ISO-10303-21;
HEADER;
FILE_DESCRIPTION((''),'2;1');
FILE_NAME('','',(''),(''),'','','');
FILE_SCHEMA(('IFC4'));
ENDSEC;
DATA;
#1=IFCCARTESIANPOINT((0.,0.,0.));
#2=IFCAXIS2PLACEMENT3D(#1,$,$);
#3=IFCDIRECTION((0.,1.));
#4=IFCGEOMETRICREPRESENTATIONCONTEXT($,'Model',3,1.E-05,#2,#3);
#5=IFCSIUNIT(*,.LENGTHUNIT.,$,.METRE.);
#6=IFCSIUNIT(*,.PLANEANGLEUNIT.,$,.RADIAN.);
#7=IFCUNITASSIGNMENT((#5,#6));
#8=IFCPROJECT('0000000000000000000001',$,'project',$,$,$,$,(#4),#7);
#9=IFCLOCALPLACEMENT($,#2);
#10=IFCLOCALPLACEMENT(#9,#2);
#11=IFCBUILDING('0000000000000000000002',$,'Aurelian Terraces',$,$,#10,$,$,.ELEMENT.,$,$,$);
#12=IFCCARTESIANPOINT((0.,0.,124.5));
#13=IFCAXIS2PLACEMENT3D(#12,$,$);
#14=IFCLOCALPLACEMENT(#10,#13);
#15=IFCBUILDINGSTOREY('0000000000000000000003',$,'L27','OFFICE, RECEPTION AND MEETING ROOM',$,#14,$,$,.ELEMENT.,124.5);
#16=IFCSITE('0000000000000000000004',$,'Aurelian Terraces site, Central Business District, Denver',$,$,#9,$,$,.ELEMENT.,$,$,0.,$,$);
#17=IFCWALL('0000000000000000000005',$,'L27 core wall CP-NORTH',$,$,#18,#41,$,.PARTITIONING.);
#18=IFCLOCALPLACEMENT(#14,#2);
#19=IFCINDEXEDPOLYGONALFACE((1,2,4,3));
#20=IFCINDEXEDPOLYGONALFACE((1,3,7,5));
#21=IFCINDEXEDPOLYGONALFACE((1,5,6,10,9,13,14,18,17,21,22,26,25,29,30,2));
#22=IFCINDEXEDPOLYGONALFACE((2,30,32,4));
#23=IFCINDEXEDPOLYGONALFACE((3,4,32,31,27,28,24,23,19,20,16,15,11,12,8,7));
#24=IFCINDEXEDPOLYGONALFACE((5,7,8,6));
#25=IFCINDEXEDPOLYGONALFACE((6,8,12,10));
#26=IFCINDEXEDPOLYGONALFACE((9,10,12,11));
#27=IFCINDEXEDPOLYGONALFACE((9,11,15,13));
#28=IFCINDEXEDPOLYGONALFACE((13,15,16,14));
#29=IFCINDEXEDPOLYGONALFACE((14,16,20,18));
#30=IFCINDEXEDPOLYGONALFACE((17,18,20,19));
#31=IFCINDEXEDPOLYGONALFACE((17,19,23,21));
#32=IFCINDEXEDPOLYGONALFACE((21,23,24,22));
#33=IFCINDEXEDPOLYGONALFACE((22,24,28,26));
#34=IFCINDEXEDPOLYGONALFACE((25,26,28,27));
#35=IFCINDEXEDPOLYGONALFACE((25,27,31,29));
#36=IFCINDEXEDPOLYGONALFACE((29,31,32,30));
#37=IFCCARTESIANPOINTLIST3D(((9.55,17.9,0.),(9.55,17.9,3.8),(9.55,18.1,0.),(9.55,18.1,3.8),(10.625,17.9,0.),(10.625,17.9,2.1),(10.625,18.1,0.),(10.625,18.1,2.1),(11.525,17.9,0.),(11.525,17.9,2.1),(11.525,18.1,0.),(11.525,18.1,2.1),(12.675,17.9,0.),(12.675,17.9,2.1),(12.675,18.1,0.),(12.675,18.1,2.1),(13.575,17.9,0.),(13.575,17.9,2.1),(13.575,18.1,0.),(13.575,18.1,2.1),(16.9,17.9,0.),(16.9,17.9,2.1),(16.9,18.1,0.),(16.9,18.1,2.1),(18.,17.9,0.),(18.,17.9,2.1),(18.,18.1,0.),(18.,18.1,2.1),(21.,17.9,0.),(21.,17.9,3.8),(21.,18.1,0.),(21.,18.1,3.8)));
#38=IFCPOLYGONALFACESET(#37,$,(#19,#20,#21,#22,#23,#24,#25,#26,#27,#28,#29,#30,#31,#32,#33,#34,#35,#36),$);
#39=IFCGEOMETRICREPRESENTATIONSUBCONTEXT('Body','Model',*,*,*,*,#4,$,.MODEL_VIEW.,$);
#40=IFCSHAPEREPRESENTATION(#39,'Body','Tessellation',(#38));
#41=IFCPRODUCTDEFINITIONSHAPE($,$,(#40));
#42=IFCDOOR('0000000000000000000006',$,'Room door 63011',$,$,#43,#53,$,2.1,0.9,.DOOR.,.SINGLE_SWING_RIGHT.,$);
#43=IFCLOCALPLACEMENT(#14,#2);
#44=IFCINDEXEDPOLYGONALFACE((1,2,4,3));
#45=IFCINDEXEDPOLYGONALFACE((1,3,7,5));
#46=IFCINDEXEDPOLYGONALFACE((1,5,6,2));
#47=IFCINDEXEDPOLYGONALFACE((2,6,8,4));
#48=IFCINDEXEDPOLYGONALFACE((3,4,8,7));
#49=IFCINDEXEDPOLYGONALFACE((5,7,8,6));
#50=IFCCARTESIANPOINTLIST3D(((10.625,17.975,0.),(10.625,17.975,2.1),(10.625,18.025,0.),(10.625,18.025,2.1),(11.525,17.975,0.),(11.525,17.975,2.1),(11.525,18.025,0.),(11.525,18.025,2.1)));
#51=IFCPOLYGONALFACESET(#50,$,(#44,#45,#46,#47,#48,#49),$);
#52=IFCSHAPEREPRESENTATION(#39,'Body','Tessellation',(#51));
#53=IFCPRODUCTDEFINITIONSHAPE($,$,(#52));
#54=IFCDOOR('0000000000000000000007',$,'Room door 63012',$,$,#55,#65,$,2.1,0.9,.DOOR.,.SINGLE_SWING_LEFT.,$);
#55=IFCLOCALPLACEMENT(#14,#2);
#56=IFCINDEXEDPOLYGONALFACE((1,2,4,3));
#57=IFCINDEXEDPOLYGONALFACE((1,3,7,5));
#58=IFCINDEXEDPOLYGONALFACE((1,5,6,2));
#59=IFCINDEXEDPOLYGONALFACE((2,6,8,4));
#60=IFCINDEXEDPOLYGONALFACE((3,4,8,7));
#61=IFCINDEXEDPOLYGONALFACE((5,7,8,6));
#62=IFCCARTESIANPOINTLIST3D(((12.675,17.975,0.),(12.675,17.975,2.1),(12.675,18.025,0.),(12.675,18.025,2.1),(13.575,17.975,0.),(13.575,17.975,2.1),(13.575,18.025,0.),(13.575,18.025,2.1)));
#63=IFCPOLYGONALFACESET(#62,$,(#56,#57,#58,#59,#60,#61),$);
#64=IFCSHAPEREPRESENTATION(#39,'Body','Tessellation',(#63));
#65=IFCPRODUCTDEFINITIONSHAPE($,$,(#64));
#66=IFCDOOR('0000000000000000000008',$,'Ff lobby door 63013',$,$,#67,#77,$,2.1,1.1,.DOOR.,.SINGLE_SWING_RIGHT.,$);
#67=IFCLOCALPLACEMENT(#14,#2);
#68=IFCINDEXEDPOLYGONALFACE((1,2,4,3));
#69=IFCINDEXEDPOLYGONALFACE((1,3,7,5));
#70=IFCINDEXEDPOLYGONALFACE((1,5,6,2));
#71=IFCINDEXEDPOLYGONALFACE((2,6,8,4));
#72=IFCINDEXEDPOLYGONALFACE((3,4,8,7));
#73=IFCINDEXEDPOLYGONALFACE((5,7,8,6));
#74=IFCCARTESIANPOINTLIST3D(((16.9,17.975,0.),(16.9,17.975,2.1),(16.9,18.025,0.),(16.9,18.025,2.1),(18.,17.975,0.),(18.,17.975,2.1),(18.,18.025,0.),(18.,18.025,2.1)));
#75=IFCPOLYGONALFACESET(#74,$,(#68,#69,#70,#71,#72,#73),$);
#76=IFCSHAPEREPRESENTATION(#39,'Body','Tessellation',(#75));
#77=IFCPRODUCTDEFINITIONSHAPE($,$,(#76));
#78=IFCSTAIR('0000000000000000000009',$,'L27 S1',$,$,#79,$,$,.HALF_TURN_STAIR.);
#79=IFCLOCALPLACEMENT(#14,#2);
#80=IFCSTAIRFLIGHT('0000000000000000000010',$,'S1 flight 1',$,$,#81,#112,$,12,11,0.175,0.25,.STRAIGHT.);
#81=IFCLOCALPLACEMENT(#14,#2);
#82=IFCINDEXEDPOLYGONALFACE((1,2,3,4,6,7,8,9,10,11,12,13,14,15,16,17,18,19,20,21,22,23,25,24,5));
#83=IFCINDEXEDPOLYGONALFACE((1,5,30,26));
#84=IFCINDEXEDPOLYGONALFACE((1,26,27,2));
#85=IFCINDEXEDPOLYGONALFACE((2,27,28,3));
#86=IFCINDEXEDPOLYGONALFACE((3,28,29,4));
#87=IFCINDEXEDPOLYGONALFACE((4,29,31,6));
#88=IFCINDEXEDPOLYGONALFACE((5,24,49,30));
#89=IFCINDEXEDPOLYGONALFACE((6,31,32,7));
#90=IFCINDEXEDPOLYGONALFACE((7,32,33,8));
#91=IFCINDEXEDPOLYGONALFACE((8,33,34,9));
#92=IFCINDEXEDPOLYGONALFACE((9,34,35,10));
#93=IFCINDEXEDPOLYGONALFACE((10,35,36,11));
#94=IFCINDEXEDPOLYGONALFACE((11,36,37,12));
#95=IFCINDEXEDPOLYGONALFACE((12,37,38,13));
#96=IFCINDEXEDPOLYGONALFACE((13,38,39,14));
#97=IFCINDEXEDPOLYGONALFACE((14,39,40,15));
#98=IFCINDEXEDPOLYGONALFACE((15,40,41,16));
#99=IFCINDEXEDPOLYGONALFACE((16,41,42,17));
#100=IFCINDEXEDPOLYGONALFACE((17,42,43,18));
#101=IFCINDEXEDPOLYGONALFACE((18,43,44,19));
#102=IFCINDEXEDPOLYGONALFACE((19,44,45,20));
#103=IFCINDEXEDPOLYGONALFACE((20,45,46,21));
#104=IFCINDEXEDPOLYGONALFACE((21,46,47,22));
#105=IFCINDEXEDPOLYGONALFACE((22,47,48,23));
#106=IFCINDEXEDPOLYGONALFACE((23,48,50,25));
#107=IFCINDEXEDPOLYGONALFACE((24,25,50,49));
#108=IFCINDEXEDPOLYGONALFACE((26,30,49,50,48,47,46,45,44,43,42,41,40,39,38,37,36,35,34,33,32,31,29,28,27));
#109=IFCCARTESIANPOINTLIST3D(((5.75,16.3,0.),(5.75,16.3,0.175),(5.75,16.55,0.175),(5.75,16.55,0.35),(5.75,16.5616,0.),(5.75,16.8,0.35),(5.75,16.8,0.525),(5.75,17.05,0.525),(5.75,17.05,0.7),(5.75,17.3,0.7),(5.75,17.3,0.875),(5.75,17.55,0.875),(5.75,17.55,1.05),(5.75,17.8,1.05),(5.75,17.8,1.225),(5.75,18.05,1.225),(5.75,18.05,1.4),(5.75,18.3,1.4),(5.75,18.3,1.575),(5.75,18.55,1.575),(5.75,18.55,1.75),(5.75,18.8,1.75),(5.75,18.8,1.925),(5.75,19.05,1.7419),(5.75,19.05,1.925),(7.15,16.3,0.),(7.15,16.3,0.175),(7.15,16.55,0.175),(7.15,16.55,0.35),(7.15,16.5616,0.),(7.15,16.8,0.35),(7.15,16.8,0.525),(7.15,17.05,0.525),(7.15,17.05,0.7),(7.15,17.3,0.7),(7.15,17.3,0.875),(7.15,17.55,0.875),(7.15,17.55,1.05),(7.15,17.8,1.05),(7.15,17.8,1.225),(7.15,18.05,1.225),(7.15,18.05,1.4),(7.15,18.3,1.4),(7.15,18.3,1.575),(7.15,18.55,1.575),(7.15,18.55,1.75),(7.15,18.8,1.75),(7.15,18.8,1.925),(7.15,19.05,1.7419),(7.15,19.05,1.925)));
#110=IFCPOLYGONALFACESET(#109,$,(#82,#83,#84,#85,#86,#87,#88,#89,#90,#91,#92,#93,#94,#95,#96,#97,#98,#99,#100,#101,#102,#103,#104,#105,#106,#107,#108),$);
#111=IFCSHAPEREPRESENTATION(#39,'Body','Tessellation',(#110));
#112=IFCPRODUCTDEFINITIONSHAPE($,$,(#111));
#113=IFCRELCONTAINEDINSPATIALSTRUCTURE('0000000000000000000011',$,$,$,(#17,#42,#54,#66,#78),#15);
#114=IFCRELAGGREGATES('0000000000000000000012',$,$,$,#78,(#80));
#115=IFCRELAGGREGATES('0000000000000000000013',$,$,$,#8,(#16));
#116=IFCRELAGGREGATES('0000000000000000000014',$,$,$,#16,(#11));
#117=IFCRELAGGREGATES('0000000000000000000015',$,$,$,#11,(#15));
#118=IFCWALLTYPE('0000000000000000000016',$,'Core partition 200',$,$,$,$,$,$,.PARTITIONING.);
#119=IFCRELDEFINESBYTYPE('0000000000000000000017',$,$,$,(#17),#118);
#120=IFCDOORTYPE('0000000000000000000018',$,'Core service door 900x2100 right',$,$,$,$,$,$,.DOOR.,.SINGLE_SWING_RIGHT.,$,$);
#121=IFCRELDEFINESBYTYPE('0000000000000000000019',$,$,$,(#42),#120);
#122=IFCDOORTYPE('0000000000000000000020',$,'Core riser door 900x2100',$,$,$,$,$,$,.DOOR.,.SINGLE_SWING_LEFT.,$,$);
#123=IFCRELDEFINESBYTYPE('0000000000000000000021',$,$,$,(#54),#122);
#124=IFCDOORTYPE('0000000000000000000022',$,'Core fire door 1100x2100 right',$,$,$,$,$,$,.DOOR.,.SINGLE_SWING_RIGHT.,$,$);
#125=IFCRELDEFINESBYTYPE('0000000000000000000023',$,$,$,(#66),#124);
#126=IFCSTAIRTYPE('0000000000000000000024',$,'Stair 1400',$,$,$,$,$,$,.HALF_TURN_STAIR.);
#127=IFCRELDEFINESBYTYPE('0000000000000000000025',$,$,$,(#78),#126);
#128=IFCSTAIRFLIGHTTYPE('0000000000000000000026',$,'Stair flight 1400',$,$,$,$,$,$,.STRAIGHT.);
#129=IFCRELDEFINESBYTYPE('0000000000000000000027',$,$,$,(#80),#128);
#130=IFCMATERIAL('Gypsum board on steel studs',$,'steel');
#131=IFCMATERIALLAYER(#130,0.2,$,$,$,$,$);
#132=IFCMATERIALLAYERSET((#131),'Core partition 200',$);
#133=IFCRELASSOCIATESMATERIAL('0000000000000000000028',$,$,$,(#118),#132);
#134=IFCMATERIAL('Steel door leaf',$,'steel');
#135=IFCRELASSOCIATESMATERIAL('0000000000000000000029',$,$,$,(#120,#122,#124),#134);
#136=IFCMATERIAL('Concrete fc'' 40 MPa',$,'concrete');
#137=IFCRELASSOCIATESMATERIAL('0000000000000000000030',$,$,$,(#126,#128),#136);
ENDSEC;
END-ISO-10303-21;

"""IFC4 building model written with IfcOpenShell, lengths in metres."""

from ifc_helpers import new_model, si_unit, direction, frame, frame_2d, origin, place, context, subcontext, project, spatial, polyline, rectangle, outline, extrude, source, transform, mapped, material, layer, layer_set, type_object, element, fill, aggregate, save


model = new_model("IFC4")

# Units and contexts
model_context = context("Model", 3, precision=1e-05, world=origin(), true_north=direction((0.0, 1.0)))
body_context = subcontext(model_context, "Body", "Model", "MODEL_VIEW")
ifc_project = project(units=[si_unit("LENGTHUNIT", "METRE"), si_unit("PLANEANGLEUNIT", "RADIAN")], contexts=[model_context])

# Site, building, storey
site_placement = place(None, origin())
site = spatial("IfcSite", under=ifc_project, at=site_placement, Name="Aurelian Terraces site, Central Business District, Denver", CompositionType="ELEMENT", RefElevation=0.0)
building_placement = place(site_placement, origin())
building = spatial("IfcBuilding", under=site, at=building_placement, Name="Aurelian Terraces", CompositionType="ELEMENT")
storey_placement = place(building_placement, frame((0.0, 0.0, 124.5)))
storey = spatial("IfcBuildingStorey", under=building, at=storey_placement, Name="L27", Description="OFFICE, RECEPTION AND MEETING ROOM", CompositionType="ELEMENT", Elevation=124.5)

# Shared definitions
ifc_material_1 = material(Name="Concrete fc' 40 MPa", Category="concrete")
ifc_material_2 = material(Name="Gypsum board on steel studs", Category="steel")
ifc_layer_1 = layer(ifc_material_2, 0.2)
ifc_layer_set_1 = layer_set([ifc_layer_1], Name="Core partition 200")
wall_type_1 = type_object("IfcWallType", Name="Core partition 200", PredefinedType="PARTITIONING", material=ifc_layer_set_1)

# Shared definitions
ifc_material_3 = material(Name="Steel door leaf", Category="steel")
shared_shape_1 = source(origin(), body_context, "Body", "SweptSolid", [
    extrude(rectangle(XDim=1.1, YDim=2.1, at=frame_2d((0.55, 1.05))), frame((0.0, 0.025, 0.0), z_axis=(0.0, -1.0, 0.0), x_axis=(1.0, 0.0, 0.0)), (0.0, 0.0, 1.0), 0.05),
])

# Wall, openings, doors
shared_shape_2 = source(origin(), body_context, "Body", "SweptSolid", [
    extrude(rectangle(XDim=11.45, YDim=0.2, at=frame_2d((5.725, 0.0))), origin(), (0.0, 0.0, 1.0), 3.8),
])
wall_1_placement = place(storey_placement, frame((9.55, 18.0, 0.0), z_axis=(0.0, 0.0, 1.0), x_axis=(1.0, 0.0, 0.0)))
wall_1 = element("IfcWall", 1, at=wall_1_placement, inside=storey, type_object=wall_type_1, Name="L27 core wall CP-NORTH", PredefinedType="PARTITIONING", context=body_context, shape_type="MappedRepresentation", body=[
    mapped(shared_shape_2, transform((0.0, 0.0, 0.0), scale=1.0)),
])
shared_shape_3 = source(origin(), body_context, "Body", "SweptSolid", [
    extrude(rectangle(XDim=0.9, YDim=2.1, at=frame_2d((0.45, 1.05))), frame((0.0, 0.11, 0.0), z_axis=(0.0, -1.0, 0.0), x_axis=(1.0, 0.0, 0.0)), (0.0, 0.0, 1.0), 0.22),
])
opening_1_placement = place(wall_1_placement, frame((1.075, 0.0, 0.0)))
opening_1 = element("IfcOpeningElement", 2, at=opening_1_placement, cuts=wall_1, PredefinedType="OPENING", context=body_context, shape_type="MappedRepresentation", body=[
    mapped(shared_shape_3, transform((0.0, 0.0, 0.0), scale=1.0)),
])
opening_2_placement = place(wall_1_placement, frame((3.125, 0.0, 0.0)))
opening_2 = element("IfcOpeningElement", 3, at=opening_2_placement, cuts=wall_1, PredefinedType="OPENING", context=body_context, shape_type="MappedRepresentation", body=[
    mapped(shared_shape_3, transform((0.0, 0.0, 0.0), scale=1.0)),
])
shared_shape_4 = source(origin(), body_context, "Body", "SweptSolid", [
    extrude(rectangle(XDim=1.1, YDim=2.1, at=frame_2d((0.55, 1.05))), frame((0.0, 0.11, 0.0), z_axis=(0.0, -1.0, 0.0), x_axis=(1.0, 0.0, 0.0)), (0.0, 0.0, 1.0), 0.22),
])
opening_3_placement = place(wall_1_placement, frame((7.35, 0.0, 0.0)))
opening_3 = element("IfcOpeningElement", 4, at=opening_3_placement, cuts=wall_1, PredefinedType="OPENING", context=body_context, shape_type="MappedRepresentation", body=[
    mapped(shared_shape_4, transform((0.0, 0.0, 0.0), scale=1.0)),
])
door_type_1 = type_object("IfcDoorType", Name="Core service door 900x2100 right", OperationType="SINGLE_SWING_RIGHT", PredefinedType="DOOR", material=ifc_material_3)
shared_shape_5 = source(origin(), body_context, "Body", "SweptSolid", [
    extrude(rectangle(XDim=0.9, YDim=2.1, at=frame_2d((0.45, 1.05))), frame((0.0, 0.025, 0.0), z_axis=(0.0, -1.0, 0.0), x_axis=(1.0, 0.0, 0.0)), (0.0, 0.0, 1.0), 0.05),
])
door_1_placement = place(opening_1_placement, origin())
door_1 = element("IfcDoor", 5, at=door_1_placement, inside=storey, type_object=door_type_1, Name="Room door 63011", OperationType="SINGLE_SWING_RIGHT", OverallHeight=2.1, OverallWidth=0.9, PredefinedType="DOOR", context=body_context, shape_type="MappedRepresentation", body=[
    mapped(shared_shape_5, transform((0.0, 0.0, 0.0), scale=1.0)),
])
fill(opening_1, door_1)
door_type_2 = type_object("IfcDoorType", Name="Core riser door 900x2100", OperationType="SINGLE_SWING_LEFT", PredefinedType="DOOR", material=ifc_material_3)
door_2_placement = place(opening_2_placement, origin())
door_2 = element("IfcDoor", 6, at=door_2_placement, inside=storey, type_object=door_type_2, Name="Room door 63012", OperationType="SINGLE_SWING_LEFT", OverallHeight=2.1, OverallWidth=0.9, PredefinedType="DOOR", context=body_context, shape_type="MappedRepresentation", body=[
    mapped(shared_shape_5, transform((0.0, 0.0, 0.0), scale=1.0)),
])
fill(opening_2, door_2)
door_type_3 = type_object("IfcDoorType", Name="Core fire door 1100x2100 right", OperationType="SINGLE_SWING_RIGHT", PredefinedType="DOOR", material=ifc_material_3)
door_3_placement = place(opening_3_placement, origin())
door_3 = element("IfcDoor", 7, at=door_3_placement, inside=storey, type_object=door_type_3, Name="Ff lobby door 63013", OperationType="SINGLE_SWING_RIGHT", OverallHeight=2.1, OverallWidth=1.1, PredefinedType="DOOR", context=body_context, shape_type="MappedRepresentation", body=[
    mapped(shared_shape_1, transform((0.0, 0.0, 0.0), scale=1.0)),
])
fill(opening_3, door_3)

# Stair, stair flight
stair_type = type_object("IfcStairType", Name="Stair 1400", PredefinedType="HALF_TURN_STAIR", material=ifc_material_1)
stair_placement = place(storey_placement, origin())
stair = element("IfcStair", 8, at=stair_placement, inside=storey, type_object=stair_type, Name="L27 S1", PredefinedType="HALF_TURN_STAIR")
stair_flight_type = type_object("IfcStairFlightType", Name="Stair flight 1400", PredefinedType="STRAIGHT", material=ifc_material_1)
shared_shape_6 = source(origin(), body_context, "Body", "SweptSolid", [
    extrude(outline(polyline([(0.0, 0.0), (0.0, 0.175), (0.25, 0.175), (0.25, 0.35), (0.5, 0.35), (0.5, 0.525), (0.75, 0.525), (0.75, 0.7), (1.0, 0.7), (1.0, 0.875), (1.25, 0.875), (1.25, 1.05), (1.5, 1.05), (1.5, 1.225), (1.75, 1.225), (1.75, 1.4), (2.0, 1.4), (2.0, 1.575), (2.25, 1.575), (2.25, 1.75), (2.5, 1.75), (2.5, 1.925), (2.75, 1.925), (2.75, 2.1), (2.75, 1.7419), (0.2616, 0.0), (0.0, 0.0)])), frame((0.0, 0.7, 0.0), z_axis=(0.0, -1.0, 0.0), x_axis=(1.0, 0.0, 0.0)), (0.0, 0.0, 1.0), 1.4),
])
stair_flight_placement = place(storey_placement, frame((6.45, 16.3, 0.0), z_axis=(0.0, 0.0, 1.0), x_axis=(0.0, 1.0, 0.0)))
stair_flight = element("IfcStairFlight", 9, at=stair_flight_placement, type_object=stair_flight_type, Name="S1 flight 1", NumberOfRisers=12, NumberOfTreads=11, PredefinedType="STRAIGHT", RiserHeight=0.175, TreadLength=0.25, context=body_context, shape_type="MappedRepresentation", body=[
    mapped(shared_shape_6, transform((0.0, 0.0, 0.0), scale=1.0)),
])
aggregate(stair, [stair_flight])

save(model, "model.ifc")
